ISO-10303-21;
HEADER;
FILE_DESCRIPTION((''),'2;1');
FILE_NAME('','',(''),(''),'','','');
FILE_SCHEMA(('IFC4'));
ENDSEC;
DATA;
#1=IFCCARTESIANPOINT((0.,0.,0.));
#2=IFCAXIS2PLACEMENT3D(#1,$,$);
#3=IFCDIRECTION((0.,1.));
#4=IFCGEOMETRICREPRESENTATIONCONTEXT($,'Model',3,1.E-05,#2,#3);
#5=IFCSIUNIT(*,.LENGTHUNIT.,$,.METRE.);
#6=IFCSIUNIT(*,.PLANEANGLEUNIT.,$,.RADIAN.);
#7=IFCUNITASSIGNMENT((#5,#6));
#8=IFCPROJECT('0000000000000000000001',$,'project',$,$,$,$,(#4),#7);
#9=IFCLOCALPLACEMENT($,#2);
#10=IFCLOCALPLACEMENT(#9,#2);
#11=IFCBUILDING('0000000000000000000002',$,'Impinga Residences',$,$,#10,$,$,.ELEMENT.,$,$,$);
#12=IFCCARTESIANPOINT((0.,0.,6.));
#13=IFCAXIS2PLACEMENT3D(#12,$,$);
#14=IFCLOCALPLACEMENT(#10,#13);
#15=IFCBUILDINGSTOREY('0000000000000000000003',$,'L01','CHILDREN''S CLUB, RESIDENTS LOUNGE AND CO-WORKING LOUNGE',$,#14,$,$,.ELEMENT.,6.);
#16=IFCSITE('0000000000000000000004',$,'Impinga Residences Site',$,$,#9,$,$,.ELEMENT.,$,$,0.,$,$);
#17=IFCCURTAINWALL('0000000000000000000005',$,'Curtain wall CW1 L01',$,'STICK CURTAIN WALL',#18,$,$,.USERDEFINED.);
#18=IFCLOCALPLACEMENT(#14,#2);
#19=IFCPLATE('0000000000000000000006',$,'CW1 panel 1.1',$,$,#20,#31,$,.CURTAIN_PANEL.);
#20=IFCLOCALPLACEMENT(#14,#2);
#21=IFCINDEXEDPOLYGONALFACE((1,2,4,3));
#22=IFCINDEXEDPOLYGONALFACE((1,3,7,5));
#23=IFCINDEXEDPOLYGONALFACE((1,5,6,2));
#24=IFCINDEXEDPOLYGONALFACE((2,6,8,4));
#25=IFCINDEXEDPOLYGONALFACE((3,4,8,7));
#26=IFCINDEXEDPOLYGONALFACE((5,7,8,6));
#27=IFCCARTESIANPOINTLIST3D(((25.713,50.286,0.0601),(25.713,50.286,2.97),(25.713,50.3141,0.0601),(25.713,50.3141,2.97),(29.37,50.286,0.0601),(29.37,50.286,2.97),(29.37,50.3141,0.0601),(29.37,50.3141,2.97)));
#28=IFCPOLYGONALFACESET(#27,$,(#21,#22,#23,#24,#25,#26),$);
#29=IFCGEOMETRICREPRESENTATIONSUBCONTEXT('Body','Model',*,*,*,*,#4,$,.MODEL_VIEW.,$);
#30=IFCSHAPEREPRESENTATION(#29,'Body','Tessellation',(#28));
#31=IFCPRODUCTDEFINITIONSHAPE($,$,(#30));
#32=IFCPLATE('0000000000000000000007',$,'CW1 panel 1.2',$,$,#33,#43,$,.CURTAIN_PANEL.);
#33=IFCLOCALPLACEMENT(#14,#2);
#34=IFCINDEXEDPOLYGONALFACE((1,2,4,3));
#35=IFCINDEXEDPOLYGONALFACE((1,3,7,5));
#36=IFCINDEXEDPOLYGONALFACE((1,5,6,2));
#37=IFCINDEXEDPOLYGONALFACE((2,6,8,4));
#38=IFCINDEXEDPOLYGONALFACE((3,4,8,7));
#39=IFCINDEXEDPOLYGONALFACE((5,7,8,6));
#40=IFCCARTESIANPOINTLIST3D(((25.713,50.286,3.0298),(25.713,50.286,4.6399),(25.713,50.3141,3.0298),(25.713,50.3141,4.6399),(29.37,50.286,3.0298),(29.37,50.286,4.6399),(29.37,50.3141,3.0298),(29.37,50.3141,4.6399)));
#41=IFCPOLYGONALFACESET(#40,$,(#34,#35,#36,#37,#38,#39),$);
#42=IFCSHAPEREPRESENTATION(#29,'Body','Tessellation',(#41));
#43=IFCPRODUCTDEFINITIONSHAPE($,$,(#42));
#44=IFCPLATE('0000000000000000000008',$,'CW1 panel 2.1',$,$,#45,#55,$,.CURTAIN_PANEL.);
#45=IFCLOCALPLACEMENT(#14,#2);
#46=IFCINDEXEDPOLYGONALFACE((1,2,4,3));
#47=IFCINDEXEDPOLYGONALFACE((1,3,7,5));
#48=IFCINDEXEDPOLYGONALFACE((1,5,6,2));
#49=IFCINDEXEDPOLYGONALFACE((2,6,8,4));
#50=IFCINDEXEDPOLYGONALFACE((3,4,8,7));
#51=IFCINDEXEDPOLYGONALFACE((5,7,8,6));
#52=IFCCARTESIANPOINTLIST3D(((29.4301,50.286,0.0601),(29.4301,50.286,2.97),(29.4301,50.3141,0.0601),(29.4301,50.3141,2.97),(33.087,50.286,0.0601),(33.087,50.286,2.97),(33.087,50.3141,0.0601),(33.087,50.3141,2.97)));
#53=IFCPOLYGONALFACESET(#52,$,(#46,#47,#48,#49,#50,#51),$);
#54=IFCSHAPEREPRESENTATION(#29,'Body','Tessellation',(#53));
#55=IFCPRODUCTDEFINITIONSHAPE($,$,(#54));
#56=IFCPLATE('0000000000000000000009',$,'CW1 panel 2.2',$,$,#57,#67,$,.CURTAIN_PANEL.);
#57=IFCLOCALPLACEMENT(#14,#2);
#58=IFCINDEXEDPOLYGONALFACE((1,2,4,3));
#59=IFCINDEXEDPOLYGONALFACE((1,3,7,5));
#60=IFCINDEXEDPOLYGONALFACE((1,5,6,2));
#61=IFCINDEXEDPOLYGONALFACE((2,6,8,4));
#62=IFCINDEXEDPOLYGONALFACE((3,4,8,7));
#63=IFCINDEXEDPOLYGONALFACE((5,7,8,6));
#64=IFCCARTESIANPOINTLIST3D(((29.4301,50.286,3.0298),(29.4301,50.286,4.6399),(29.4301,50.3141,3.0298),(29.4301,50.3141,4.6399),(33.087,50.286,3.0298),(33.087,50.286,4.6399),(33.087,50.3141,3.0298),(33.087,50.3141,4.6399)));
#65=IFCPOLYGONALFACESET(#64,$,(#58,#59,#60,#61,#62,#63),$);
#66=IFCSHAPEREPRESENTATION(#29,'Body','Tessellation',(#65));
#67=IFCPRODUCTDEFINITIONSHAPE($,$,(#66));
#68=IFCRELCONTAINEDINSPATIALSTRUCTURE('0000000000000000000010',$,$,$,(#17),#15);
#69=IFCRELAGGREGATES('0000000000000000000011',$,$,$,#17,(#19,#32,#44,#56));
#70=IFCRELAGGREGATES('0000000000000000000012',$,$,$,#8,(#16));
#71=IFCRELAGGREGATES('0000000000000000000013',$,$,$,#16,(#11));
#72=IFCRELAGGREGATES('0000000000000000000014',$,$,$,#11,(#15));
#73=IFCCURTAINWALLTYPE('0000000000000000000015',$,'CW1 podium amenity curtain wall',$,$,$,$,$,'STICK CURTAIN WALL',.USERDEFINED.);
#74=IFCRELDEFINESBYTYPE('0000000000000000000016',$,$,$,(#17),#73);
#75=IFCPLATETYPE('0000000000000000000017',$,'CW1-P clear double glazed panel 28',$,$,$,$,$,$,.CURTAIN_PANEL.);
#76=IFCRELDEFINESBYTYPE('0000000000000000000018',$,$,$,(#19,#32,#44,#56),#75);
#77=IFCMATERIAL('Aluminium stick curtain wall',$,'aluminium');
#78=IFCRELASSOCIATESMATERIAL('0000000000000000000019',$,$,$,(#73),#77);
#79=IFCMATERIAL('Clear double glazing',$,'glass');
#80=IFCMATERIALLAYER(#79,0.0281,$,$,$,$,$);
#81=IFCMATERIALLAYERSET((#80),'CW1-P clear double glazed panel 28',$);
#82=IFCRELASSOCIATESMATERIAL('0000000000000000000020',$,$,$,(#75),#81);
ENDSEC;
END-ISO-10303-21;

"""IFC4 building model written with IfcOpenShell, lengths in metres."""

from ifc_helpers import new_model, si_unit, direction, frame, origin, origin_2d, place, context, subcontext, project, spatial, rectangle, extrude, material, layer, layer_set, type_object, element, aggregate, save


model = new_model("IFC4")

# Units and contexts
model_context = context("Model", 3, precision=1e-05, world=origin(), true_north=direction((0.0, 1.0)))
body_context = subcontext(model_context, "Body", "Model", "MODEL_VIEW")
ifc_project = project(units=[si_unit("LENGTHUNIT", "METRE"), si_unit("PLANEANGLEUNIT", "RADIAN")], contexts=[model_context])

# Site, building, storey
site_placement = place(None, origin())
site = spatial("IfcSite", under=ifc_project, at=site_placement, Name="Impinga Residences Site", CompositionType="ELEMENT", RefElevation=0.0)
building_placement = place(site_placement, origin())
building = spatial("IfcBuilding", under=site, at=building_placement, Name="Impinga Residences", CompositionType="ELEMENT")
storey_placement = place(building_placement, frame((0.0, 0.0, 6.0)))
storey = spatial("IfcBuildingStorey", under=building, at=storey_placement, Name="L01", Description="CHILDREN'S CLUB, RESIDENTS LOUNGE AND CO-WORKING LOUNGE", CompositionType="ELEMENT", Elevation=6.0)

# Curtain wall
ifc_material_1 = material(Name="Aluminium stick curtain wall", Category="aluminium")
curtain_wall_type = type_object("IfcCurtainWallType", Name="CW1 podium amenity curtain wall", ElementType="STICK CURTAIN WALL", PredefinedType="USERDEFINED", material=ifc_material_1)
curtain_wall_1_placement = place(storey_placement, origin())
curtain_wall_1 = element("IfcCurtainWall", 1, at=curtain_wall_1_placement, inside=storey, type_object=curtain_wall_type, Name="Curtain wall CW1 L01", ObjectType="STICK CURTAIN WALL", PredefinedType="USERDEFINED")

# Plates
ifc_material_2 = material(Name="Clear double glazing", Category="glass")
ifc_layer = layer(ifc_material_2, 0.0281)
ifc_layer_set = layer_set([ifc_layer], Name="CW1-P clear double glazed panel 28")
plate_type = type_object("IfcPlateType", Name="CW1-P clear double glazed panel 28", PredefinedType="CURTAIN_PANEL", material=ifc_layer_set)
plate_1_placement = place(storey_placement, frame((27.5415, 50.3, 0.0601), z_axis=(0.0, 0.0, 1.0), x_axis=(1.0, 0.0, 0.0)))
plate_1 = element("IfcPlate", 2, at=plate_1_placement, type_object=plate_type, Name="CW1 panel 1.1", PredefinedType="CURTAIN_PANEL", context=body_context, shape_type="SweptSolid", body=[
    extrude(rectangle(XDim=3.657, YDim=0.0281, at=origin_2d()), origin(), (0.0, 0.0, 1.0), 2.9099),
])
plate_2_placement = place(storey_placement, frame((27.5415, 50.3, 3.0298), z_axis=(0.0, 0.0, 1.0), x_axis=(1.0, 0.0, 0.0)))
plate_2 = element("IfcPlate", 3, at=plate_2_placement, type_object=plate_type, Name="CW1 panel 1.2", PredefinedType="CURTAIN_PANEL", context=body_context, shape_type="SweptSolid", body=[
    extrude(rectangle(XDim=3.657, YDim=0.0281, at=origin_2d()), origin(), (0.0, 0.0, 1.0), 1.6101),
])
plate_3_placement = place(storey_placement, frame((31.2585, 50.3, 0.0601), z_axis=(0.0, 0.0, 1.0), x_axis=(1.0, 0.0, 0.0)))
plate_3 = element("IfcPlate", 4, at=plate_3_placement, type_object=plate_type, Name="CW1 panel 2.1", PredefinedType="CURTAIN_PANEL", context=body_context, shape_type="SweptSolid", body=[
    extrude(rectangle(XDim=3.657, YDim=0.0281, at=origin_2d()), origin(), (0.0, 0.0, 1.0), 2.9099),
])
plate_4_placement = place(storey_placement, frame((31.2585, 50.3, 3.0298), z_axis=(0.0, 0.0, 1.0), x_axis=(1.0, 0.0, 0.0)))
plate_4 = element("IfcPlate", 5, at=plate_4_placement, type_object=plate_type, Name="CW1 panel 2.2", PredefinedType="CURTAIN_PANEL", context=body_context, shape_type="SweptSolid", body=[
    extrude(rectangle(XDim=3.657, YDim=0.0281, at=origin_2d()), origin(), (0.0, 0.0, 1.0), 1.6101),
])
aggregate(curtain_wall_1, [plate_1, plate_2, plate_3, plate_4])

save(model, "model.ifc")
